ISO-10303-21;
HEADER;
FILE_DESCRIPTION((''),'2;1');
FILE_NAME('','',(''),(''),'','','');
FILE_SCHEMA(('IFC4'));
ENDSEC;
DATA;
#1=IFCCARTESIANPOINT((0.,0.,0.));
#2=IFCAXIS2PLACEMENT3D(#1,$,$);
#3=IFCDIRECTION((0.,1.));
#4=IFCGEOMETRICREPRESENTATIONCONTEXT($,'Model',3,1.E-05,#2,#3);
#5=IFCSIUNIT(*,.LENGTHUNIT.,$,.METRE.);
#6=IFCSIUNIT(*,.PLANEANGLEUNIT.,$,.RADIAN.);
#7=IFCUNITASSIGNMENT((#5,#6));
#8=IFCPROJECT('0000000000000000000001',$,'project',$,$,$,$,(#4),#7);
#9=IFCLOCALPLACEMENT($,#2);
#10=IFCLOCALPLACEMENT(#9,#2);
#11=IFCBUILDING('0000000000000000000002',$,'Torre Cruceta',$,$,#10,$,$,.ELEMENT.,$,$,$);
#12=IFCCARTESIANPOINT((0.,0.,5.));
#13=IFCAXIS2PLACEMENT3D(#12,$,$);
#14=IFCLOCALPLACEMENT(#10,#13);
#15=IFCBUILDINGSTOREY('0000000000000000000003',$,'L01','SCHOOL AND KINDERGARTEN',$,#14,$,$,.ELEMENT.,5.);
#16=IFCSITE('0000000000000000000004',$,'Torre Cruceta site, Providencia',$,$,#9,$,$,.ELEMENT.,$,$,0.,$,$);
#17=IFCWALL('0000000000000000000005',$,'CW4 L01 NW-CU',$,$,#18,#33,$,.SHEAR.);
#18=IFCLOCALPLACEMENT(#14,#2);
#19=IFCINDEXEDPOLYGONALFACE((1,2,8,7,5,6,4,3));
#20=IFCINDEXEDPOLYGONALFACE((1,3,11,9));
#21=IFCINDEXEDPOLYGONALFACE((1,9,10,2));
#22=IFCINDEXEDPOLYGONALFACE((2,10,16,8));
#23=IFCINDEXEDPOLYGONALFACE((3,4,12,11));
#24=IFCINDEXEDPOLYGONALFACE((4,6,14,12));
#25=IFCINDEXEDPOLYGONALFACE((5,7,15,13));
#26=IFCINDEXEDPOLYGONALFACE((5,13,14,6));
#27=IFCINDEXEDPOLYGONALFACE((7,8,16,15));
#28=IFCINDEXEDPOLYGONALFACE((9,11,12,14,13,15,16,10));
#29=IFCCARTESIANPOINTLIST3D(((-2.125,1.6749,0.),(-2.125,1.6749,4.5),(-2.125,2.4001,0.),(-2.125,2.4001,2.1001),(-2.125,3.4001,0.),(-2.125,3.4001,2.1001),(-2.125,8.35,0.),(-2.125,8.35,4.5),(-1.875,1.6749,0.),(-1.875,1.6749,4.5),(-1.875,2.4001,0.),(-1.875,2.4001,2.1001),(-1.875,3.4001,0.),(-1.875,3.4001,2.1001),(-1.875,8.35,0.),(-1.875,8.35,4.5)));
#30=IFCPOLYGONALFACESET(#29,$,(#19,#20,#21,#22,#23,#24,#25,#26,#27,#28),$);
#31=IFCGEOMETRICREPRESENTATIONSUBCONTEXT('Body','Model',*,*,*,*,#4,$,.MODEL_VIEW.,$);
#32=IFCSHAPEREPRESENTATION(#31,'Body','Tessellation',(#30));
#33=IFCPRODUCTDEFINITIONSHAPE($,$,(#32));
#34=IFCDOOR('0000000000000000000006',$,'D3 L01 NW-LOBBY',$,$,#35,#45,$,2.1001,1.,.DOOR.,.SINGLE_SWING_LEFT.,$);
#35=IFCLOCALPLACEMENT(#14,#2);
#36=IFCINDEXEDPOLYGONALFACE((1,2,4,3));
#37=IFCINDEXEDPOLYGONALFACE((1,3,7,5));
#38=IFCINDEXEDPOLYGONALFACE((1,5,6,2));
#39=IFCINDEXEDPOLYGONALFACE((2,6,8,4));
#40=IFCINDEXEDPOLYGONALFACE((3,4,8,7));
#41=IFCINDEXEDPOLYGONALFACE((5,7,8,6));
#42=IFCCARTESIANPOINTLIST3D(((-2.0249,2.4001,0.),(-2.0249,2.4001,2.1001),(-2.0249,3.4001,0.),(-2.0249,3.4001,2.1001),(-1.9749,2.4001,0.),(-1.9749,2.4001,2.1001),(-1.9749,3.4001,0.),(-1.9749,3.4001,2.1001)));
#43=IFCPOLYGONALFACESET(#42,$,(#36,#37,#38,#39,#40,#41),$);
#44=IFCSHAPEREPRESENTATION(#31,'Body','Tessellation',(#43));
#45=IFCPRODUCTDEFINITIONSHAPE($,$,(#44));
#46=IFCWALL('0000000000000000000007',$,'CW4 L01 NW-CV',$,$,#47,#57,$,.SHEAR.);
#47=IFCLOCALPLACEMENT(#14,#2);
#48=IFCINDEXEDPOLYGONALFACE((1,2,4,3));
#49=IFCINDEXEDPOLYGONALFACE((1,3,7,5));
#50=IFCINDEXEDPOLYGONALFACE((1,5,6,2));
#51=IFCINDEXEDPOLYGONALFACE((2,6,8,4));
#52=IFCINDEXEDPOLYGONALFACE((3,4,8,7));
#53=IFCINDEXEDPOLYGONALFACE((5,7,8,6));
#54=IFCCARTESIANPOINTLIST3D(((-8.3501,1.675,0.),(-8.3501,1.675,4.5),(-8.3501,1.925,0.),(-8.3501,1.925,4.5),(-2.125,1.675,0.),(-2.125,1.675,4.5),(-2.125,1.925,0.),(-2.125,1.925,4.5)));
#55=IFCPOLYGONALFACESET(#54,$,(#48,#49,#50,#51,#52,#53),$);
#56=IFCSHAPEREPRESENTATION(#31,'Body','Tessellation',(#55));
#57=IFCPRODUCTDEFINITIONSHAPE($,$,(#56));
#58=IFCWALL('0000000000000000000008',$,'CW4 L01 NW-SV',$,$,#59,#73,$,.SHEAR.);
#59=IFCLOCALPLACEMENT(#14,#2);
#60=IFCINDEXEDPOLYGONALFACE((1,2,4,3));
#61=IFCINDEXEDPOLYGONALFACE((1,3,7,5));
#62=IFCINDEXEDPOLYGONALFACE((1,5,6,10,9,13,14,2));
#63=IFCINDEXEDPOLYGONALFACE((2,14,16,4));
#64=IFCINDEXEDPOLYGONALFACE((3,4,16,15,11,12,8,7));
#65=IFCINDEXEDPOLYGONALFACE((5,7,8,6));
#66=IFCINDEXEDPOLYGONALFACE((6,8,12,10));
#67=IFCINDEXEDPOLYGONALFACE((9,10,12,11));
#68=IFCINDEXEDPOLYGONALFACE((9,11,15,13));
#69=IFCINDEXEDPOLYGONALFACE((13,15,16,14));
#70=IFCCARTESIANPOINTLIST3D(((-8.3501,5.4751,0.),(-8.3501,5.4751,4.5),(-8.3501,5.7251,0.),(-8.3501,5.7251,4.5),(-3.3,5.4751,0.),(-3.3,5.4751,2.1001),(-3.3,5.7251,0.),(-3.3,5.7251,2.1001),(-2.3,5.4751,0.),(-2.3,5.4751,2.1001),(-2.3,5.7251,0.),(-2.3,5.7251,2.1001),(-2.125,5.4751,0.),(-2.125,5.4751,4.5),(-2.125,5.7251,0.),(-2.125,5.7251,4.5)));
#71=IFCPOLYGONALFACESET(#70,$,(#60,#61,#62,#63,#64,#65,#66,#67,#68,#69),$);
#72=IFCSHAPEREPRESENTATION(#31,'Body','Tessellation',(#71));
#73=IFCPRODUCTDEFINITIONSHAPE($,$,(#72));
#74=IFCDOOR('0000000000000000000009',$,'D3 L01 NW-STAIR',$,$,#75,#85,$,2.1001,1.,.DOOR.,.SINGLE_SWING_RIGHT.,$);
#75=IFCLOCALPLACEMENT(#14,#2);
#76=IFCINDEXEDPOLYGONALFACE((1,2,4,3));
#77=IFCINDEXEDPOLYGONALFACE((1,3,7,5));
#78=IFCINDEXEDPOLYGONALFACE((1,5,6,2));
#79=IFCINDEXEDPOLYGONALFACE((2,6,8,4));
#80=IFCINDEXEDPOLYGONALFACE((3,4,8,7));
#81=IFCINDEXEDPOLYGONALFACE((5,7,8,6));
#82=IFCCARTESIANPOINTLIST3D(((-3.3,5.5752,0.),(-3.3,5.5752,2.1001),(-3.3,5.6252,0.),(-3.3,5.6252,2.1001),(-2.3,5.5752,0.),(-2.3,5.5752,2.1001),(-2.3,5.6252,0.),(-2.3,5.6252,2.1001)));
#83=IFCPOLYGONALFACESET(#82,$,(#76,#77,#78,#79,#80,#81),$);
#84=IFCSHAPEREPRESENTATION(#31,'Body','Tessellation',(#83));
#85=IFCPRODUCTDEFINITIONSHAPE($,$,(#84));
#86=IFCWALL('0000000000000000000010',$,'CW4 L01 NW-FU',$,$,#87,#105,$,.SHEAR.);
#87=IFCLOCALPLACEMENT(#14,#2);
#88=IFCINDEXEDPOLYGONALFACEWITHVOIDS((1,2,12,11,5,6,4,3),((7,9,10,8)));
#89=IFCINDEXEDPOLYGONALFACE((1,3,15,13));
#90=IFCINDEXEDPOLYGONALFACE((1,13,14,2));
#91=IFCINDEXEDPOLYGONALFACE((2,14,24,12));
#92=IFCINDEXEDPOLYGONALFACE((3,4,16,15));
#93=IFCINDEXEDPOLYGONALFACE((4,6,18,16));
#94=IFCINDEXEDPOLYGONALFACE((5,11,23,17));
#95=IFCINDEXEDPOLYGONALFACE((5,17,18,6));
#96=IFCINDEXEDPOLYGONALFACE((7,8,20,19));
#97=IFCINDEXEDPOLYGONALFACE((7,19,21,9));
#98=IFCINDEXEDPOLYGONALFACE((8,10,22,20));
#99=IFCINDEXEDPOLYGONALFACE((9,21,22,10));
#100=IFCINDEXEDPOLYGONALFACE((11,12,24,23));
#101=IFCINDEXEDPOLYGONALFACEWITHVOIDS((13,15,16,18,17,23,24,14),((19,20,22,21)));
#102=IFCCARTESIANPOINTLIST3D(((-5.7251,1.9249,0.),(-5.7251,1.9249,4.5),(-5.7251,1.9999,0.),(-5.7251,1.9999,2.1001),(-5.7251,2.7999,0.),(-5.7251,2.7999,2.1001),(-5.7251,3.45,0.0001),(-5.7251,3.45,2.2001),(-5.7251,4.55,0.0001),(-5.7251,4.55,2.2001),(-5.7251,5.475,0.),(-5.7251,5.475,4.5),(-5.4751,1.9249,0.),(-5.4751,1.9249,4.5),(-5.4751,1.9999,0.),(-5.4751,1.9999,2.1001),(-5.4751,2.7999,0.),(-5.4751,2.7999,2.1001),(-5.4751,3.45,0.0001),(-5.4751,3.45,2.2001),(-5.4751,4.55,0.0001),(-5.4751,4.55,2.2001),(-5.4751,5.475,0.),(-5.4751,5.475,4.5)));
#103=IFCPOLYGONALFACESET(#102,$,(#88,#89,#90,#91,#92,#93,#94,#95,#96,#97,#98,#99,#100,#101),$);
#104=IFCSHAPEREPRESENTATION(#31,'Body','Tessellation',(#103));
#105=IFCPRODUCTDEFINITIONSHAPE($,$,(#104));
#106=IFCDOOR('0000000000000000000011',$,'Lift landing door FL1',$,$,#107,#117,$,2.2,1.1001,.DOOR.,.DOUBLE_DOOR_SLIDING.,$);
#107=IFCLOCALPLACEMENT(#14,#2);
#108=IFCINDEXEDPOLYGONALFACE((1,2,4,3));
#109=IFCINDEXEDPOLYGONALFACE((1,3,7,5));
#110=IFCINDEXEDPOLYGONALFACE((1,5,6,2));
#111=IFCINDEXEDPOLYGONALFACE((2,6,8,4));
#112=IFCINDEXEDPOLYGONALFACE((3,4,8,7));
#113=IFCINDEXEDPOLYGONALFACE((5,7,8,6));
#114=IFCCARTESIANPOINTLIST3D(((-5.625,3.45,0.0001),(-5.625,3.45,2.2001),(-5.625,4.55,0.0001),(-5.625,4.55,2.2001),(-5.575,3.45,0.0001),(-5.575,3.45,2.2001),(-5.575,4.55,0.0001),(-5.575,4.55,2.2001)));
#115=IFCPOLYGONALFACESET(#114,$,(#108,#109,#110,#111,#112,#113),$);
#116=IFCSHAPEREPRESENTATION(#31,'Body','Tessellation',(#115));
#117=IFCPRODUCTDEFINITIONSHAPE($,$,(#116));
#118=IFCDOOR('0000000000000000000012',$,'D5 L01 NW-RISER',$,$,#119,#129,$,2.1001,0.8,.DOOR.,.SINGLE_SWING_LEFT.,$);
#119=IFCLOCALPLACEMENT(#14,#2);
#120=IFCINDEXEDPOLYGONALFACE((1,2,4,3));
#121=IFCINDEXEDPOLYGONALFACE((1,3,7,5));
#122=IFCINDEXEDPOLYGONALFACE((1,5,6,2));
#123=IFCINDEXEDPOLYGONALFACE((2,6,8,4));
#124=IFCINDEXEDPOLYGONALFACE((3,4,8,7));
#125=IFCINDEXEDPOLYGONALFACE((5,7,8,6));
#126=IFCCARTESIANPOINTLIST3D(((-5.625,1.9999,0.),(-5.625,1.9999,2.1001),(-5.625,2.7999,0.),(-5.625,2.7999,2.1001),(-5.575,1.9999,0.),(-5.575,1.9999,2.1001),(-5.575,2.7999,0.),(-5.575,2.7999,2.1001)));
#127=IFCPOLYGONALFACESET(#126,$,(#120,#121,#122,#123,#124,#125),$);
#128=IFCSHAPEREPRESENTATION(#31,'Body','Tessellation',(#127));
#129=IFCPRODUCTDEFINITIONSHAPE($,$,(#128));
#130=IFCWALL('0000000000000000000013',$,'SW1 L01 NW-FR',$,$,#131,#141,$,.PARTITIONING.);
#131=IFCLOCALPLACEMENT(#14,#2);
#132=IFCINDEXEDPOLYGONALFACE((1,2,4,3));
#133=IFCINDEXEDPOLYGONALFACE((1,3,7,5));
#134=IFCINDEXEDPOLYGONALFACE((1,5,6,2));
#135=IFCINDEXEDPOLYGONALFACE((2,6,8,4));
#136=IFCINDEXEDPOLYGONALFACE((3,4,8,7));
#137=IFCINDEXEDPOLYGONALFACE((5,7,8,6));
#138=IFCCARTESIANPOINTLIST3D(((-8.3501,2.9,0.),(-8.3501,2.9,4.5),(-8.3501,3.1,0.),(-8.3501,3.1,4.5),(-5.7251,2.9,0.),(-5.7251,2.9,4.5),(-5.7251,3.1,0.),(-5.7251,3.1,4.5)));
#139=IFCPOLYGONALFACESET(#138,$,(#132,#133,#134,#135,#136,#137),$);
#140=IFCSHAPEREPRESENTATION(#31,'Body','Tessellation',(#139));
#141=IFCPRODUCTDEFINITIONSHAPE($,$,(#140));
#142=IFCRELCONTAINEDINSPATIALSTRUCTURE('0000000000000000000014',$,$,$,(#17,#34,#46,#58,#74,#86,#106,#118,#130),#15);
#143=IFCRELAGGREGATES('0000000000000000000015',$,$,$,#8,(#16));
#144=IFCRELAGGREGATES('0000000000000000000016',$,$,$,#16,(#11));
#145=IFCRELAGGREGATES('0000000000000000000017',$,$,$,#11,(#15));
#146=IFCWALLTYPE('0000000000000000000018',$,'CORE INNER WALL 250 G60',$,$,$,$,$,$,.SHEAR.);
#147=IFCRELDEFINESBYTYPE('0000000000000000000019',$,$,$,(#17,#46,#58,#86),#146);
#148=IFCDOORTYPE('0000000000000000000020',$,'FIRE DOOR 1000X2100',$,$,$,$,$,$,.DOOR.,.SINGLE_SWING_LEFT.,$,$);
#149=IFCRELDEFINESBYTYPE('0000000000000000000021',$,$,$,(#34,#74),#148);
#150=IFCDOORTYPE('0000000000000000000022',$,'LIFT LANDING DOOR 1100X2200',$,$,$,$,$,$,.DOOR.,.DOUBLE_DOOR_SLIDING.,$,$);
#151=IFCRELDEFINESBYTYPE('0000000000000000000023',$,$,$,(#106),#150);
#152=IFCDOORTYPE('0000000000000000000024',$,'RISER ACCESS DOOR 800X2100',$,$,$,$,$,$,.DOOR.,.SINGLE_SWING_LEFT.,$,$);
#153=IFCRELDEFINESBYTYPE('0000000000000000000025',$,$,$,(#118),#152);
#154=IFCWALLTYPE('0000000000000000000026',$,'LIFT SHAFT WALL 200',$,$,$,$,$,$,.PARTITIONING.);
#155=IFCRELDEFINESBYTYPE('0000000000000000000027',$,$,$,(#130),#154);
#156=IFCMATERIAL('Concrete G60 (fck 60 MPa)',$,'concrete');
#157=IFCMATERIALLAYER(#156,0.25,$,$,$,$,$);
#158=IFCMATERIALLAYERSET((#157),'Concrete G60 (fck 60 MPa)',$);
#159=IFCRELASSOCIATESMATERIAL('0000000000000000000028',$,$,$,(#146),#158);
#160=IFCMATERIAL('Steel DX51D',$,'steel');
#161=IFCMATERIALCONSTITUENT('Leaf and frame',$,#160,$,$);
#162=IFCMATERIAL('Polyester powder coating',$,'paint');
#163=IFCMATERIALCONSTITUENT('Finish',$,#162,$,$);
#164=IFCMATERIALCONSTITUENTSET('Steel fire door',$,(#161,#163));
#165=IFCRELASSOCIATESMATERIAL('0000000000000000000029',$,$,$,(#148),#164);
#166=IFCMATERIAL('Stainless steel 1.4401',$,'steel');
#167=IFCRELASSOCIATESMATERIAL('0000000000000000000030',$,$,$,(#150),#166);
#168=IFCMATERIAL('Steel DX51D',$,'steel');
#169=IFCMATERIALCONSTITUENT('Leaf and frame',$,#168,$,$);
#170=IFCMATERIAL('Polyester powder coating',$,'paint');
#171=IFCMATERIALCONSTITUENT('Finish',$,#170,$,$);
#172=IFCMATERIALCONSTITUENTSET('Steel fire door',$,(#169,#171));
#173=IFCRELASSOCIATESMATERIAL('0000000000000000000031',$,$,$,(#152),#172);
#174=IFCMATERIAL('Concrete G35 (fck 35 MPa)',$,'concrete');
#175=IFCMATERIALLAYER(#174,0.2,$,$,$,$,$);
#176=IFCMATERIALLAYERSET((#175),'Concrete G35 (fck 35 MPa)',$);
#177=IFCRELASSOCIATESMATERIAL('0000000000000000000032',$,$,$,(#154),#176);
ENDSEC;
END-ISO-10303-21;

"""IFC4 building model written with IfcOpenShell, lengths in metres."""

from ifc_helpers import new_model, si_unit, direction, frame, frame_2d, origin, place, context, subcontext, project, spatial, rectangle, extrude, material, layer, layer_set, constituent, constituent_set, type_object, element, fill, save


model = new_model("IFC4")

# Units and contexts
model_context = context("Model", 3, precision=1e-05, world=origin(), true_north=direction((0.0, 1.0)))
body_context = subcontext(model_context, "Body", "Model", "MODEL_VIEW")
ifc_project = project(units=[si_unit("LENGTHUNIT", "METRE"), si_unit("PLANEANGLEUNIT", "RADIAN")], contexts=[model_context])

# Site, building, storey
site_placement = place(None, origin())
site = spatial("IfcSite", under=ifc_project, at=site_placement, Name="Torre Cruceta site, Providencia", CompositionType="ELEMENT", RefElevation=0.0)
building_placement = place(site_placement, origin())
building = spatial("IfcBuilding", under=site, at=building_placement, Name="Torre Cruceta", CompositionType="ELEMENT")
storey_placement = place(building_placement, frame((0.0, 0.0, 5.0)))
storey = spatial("IfcBuildingStorey", under=building, at=storey_placement, Name="L01", Description="SCHOOL AND KINDERGARTEN", CompositionType="ELEMENT", Elevation=5.0)

# Wall, opening, door
ifc_material_1 = material(Name="Concrete G60 (fck 60 MPa)", Category="concrete")
ifc_layer_1 = layer(ifc_material_1, 0.25)
ifc_layer_set_1 = layer_set([ifc_layer_1], Name="Concrete G60 (fck 60 MPa)")
wall_type_1 = type_object("IfcWallType", Name="CORE INNER WALL 250 G60", PredefinedType="SHEAR", material=ifc_layer_set_1)
wall_1_placement = place(storey_placement, frame((-2.0, 1.675, 0.0), z_axis=(0.0, 0.0, 1.0), x_axis=(0.0, 1.0, 0.0)))
wall_1 = element("IfcWall", 1, at=wall_1_placement, inside=storey, type_object=wall_type_1, Name="CW4 L01 NW-CU", PredefinedType="SHEAR", context=body_context, shape_type="SweptSolid", body=[
    extrude(rectangle(XDim=6.675, YDim=0.25, at=frame_2d((3.3374, 0.0))), origin(), (0.0, 0.0, 1.0), 4.5),
])
opening_1_placement = place(wall_1_placement, frame((0.7251, 0.0, 0.0)))
opening_1 = element("IfcOpeningElement", 2, at=opening_1_placement, cuts=wall_1, PredefinedType="OPENING", context=body_context, shape_type="SweptSolid", body=[
    extrude(rectangle(XDim=1.0, YDim=2.1001, at=frame_2d((0.5, 1.05))), frame((0.0, 0.135, 0.0), z_axis=(0.0, -1.0, 0.0), x_axis=(1.0, 0.0, 0.0)), (0.0, 0.0, 1.0), 0.27),
])
ifc_material_2 = material(Name="Steel DX51D", Category="steel")
ifc_constituent_1 = constituent(ifc_material_2, Name="Leaf and frame")
ifc_material_3 = material(Name="Polyester powder coating", Category="paint")
ifc_constituent_2 = constituent(ifc_material_3, Name="Finish")
ifc_constituent_set_1 = constituent_set(constituents=[ifc_constituent_1, ifc_constituent_2], Name="Steel fire door")
door_type_1 = type_object("IfcDoorType", Name="FIRE DOOR 1000X2100", OperationType="SINGLE_SWING_LEFT", PredefinedType="DOOR", material=ifc_constituent_set_1)
door_1_placement = place(opening_1_placement, origin())
door_1 = element("IfcDoor", 3, at=door_1_placement, inside=storey, type_object=door_type_1, Name="D3 L01 NW-LOBBY", OperationType="SINGLE_SWING_LEFT", OverallHeight=2.1001, OverallWidth=1.0, PredefinedType="DOOR", context=body_context, shape_type="SweptSolid", body=[
    extrude(rectangle(XDim=1.0, YDim=2.1001, at=frame_2d((0.5, 1.05))), frame((0.0, 0.0249, 0.0), z_axis=(0.0, -1.0, 0.0), x_axis=(1.0, 0.0, 0.0)), (0.0, 0.0, 1.0), 0.05),
])
fill(opening_1, door_1)

# Wall
wall_2_placement = place(storey_placement, frame((-2.125, 1.8, 0.0), z_axis=(0.0, 0.0, 1.0), x_axis=(-1.0, 0.0, 0.0)))
element("IfcWall", 4, at=wall_2_placement, inside=storey, type_object=wall_type_1, Name="CW4 L01 NW-CV", PredefinedType="SHEAR", context=body_context, shape_type="SweptSolid", body=[
    extrude(rectangle(XDim=6.2251, YDim=0.25, at=frame_2d((3.1125, 0.0))), origin(), (0.0, 0.0, 1.0), 4.5),
])

# Wall, opening, door
wall_3_placement = place(storey_placement, frame((-2.125, 5.6001, 0.0), z_axis=(0.0, 0.0, 1.0), x_axis=(-1.0, 0.0, 0.0)))
wall_3 = element("IfcWall", 5, at=wall_3_placement, inside=storey, type_object=wall_type_1, Name="CW4 L01 NW-SV", PredefinedType="SHEAR", context=body_context, shape_type="SweptSolid", body=[
    extrude(rectangle(XDim=6.2251, YDim=0.25, at=frame_2d((3.1125, 0.0))), origin(), (0.0, 0.0, 1.0), 4.5),
])
opening_2_placement = place(wall_3_placement, frame((0.175, 0.0, 0.0)))
opening_2 = element("IfcOpeningElement", 6, at=opening_2_placement, cuts=wall_3, PredefinedType="OPENING", context=body_context, shape_type="SweptSolid", body=[
    extrude(rectangle(XDim=1.0, YDim=2.1001, at=frame_2d((0.5, 1.05))), frame((0.0, 0.135, 0.0), z_axis=(0.0, -1.0, 0.0), x_axis=(1.0, 0.0, 0.0)), (0.0, 0.0, 1.0), 0.27),
])
door_2_placement = place(opening_2_placement, frame((1.0, 0.0, 0.0), z_axis=(0.0, 0.0, 1.0), x_axis=(-1.0, 0.0, 0.0)))
door_2 = element("IfcDoor", 7, at=door_2_placement, inside=storey, type_object=door_type_1, Name="D3 L01 NW-STAIR", OperationType="SINGLE_SWING_RIGHT", OverallHeight=2.1001, OverallWidth=1.0, PredefinedType="DOOR", context=body_context, shape_type="SweptSolid", body=[
    extrude(rectangle(XDim=1.0, YDim=2.1001, at=frame_2d((0.5, 1.05))), frame((0.0, 0.0251, 0.0), z_axis=(0.0, -1.0, 0.0), x_axis=(1.0, 0.0, 0.0)), (0.0, 0.0, 1.0), 0.05),
])
fill(opening_2, door_2)

# Wall, openings, doors
wall_4_placement = place(storey_placement, frame((-5.6001, 1.925, 0.0), z_axis=(0.0, 0.0, 1.0), x_axis=(0.0, 1.0, 0.0)))
wall_4 = element("IfcWall", 8, at=wall_4_placement, inside=storey, type_object=wall_type_1, Name="CW4 L01 NW-FU", PredefinedType="SHEAR", context=body_context, shape_type="SweptSolid", body=[
    extrude(rectangle(XDim=3.55, YDim=0.25, at=frame_2d((1.7749, 0.0))), origin(), (0.0, 0.0, 1.0), 4.5),
])
opening_3_placement = place(wall_4_placement, frame((1.5249, 0.0, 0.0)))
opening_3 = element("IfcOpeningElement", 9, at=opening_3_placement, cuts=wall_4, PredefinedType="OPENING", context=body_context, shape_type="SweptSolid", body=[
    extrude(rectangle(XDim=1.1001, YDim=2.2, at=frame_2d((0.55, 1.1001))), frame((0.0, 0.135, 0.0), z_axis=(0.0, -1.0, 0.0), x_axis=(1.0, 0.0, 0.0)), (0.0, 0.0, 1.0), 0.27),
])
opening_4_placement = place(wall_4_placement, frame((0.075, 0.0, 0.0)))
opening_4 = element("IfcOpeningElement", 10, at=opening_4_placement, cuts=wall_4, PredefinedType="OPENING", context=body_context, shape_type="SweptSolid", body=[
    extrude(rectangle(XDim=0.8, YDim=2.1001, at=frame_2d((0.3999, 1.05))), frame((0.0, 0.135, 0.0), z_axis=(0.0, -1.0, 0.0), x_axis=(1.0, 0.0, 0.0)), (0.0, 0.0, 1.0), 0.27),
])
ifc_material_4 = material(Name="Stainless steel 1.4401", Category="steel")
door_type_2 = type_object("IfcDoorType", Name="LIFT LANDING DOOR 1100X2200", OperationType="DOUBLE_DOOR_SLIDING", PredefinedType="DOOR", material=ifc_material_4)
door_3_placement = place(opening_3_placement, origin())
door_3 = element("IfcDoor", 11, at=door_3_placement, inside=storey, type_object=door_type_2, Name="Lift landing door FL1", OperationType="DOUBLE_DOOR_SLIDING", OverallHeight=2.2, OverallWidth=1.1001, PredefinedType="DOOR", context=body_context, shape_type="SweptSolid", body=[
    extrude(rectangle(XDim=1.1001, YDim=2.2, at=frame_2d((0.55, 1.1001))), frame((0.0, 0.0249, 0.0), z_axis=(0.0, -1.0, 0.0), x_axis=(1.0, 0.0, 0.0)), (0.0, 0.0, 1.0), 0.05),
])
fill(opening_3, door_3)
ifc_material_5 = material(Name="Steel DX51D", Category="steel")
ifc_constituent_3 = constituent(ifc_material_5, Name="Leaf and frame")
ifc_material_6 = material(Name="Polyester powder coating", Category="paint")
ifc_constituent_4 = constituent(ifc_material_6, Name="Finish")
ifc_constituent_set_2 = constituent_set(constituents=[ifc_constituent_3, ifc_constituent_4], Name="Steel fire door")
door_type_3 = type_object("IfcDoorType", Name="RISER ACCESS DOOR 800X2100", OperationType="SINGLE_SWING_LEFT", PredefinedType="DOOR", material=ifc_constituent_set_2)
door_4_placement = place(opening_4_placement, origin())
door_4 = element("IfcDoor", 12, at=door_4_placement, inside=storey, type_object=door_type_3, Name="D5 L01 NW-RISER", OperationType="SINGLE_SWING_LEFT", OverallHeight=2.1001, OverallWidth=0.8, PredefinedType="DOOR", context=body_context, shape_type="SweptSolid", body=[
    extrude(rectangle(XDim=0.8, YDim=2.1001, at=frame_2d((0.3999, 1.05))), frame((0.0, 0.0249, 0.0), z_axis=(0.0, -1.0, 0.0), x_axis=(1.0, 0.0, 0.0)), (0.0, 0.0, 1.0), 0.05),
])
fill(opening_4, door_4)

# Wall
ifc_material_7 = material(Name="Concrete G35 (fck 35 MPa)", Category="concrete")
ifc_layer_2 = layer(ifc_material_7, 0.2)
ifc_layer_set_2 = layer_set([ifc_layer_2], Name="Concrete G35 (fck 35 MPa)")
wall_type_2 = type_object("IfcWallType", Name="LIFT SHAFT WALL 200", PredefinedType="PARTITIONING", material=ifc_layer_set_2)
wall_5_placement = place(storey_placement, frame((-5.7251, 3.0, 0.0), z_axis=(0.0, 0.0, 1.0), x_axis=(-1.0, 0.0, 0.0)))
element("IfcWall", 13, at=wall_5_placement, inside=storey, type_object=wall_type_2, Name="SW1 L01 NW-FR", PredefinedType="PARTITIONING", context=body_context, shape_type="SweptSolid", body=[
    extrude(rectangle(XDim=2.625, YDim=0.2, at=frame_2d((1.3125, 0.0))), origin(), (0.0, 0.0, 1.0), 4.5),
])

save(model, "model.ifc")
